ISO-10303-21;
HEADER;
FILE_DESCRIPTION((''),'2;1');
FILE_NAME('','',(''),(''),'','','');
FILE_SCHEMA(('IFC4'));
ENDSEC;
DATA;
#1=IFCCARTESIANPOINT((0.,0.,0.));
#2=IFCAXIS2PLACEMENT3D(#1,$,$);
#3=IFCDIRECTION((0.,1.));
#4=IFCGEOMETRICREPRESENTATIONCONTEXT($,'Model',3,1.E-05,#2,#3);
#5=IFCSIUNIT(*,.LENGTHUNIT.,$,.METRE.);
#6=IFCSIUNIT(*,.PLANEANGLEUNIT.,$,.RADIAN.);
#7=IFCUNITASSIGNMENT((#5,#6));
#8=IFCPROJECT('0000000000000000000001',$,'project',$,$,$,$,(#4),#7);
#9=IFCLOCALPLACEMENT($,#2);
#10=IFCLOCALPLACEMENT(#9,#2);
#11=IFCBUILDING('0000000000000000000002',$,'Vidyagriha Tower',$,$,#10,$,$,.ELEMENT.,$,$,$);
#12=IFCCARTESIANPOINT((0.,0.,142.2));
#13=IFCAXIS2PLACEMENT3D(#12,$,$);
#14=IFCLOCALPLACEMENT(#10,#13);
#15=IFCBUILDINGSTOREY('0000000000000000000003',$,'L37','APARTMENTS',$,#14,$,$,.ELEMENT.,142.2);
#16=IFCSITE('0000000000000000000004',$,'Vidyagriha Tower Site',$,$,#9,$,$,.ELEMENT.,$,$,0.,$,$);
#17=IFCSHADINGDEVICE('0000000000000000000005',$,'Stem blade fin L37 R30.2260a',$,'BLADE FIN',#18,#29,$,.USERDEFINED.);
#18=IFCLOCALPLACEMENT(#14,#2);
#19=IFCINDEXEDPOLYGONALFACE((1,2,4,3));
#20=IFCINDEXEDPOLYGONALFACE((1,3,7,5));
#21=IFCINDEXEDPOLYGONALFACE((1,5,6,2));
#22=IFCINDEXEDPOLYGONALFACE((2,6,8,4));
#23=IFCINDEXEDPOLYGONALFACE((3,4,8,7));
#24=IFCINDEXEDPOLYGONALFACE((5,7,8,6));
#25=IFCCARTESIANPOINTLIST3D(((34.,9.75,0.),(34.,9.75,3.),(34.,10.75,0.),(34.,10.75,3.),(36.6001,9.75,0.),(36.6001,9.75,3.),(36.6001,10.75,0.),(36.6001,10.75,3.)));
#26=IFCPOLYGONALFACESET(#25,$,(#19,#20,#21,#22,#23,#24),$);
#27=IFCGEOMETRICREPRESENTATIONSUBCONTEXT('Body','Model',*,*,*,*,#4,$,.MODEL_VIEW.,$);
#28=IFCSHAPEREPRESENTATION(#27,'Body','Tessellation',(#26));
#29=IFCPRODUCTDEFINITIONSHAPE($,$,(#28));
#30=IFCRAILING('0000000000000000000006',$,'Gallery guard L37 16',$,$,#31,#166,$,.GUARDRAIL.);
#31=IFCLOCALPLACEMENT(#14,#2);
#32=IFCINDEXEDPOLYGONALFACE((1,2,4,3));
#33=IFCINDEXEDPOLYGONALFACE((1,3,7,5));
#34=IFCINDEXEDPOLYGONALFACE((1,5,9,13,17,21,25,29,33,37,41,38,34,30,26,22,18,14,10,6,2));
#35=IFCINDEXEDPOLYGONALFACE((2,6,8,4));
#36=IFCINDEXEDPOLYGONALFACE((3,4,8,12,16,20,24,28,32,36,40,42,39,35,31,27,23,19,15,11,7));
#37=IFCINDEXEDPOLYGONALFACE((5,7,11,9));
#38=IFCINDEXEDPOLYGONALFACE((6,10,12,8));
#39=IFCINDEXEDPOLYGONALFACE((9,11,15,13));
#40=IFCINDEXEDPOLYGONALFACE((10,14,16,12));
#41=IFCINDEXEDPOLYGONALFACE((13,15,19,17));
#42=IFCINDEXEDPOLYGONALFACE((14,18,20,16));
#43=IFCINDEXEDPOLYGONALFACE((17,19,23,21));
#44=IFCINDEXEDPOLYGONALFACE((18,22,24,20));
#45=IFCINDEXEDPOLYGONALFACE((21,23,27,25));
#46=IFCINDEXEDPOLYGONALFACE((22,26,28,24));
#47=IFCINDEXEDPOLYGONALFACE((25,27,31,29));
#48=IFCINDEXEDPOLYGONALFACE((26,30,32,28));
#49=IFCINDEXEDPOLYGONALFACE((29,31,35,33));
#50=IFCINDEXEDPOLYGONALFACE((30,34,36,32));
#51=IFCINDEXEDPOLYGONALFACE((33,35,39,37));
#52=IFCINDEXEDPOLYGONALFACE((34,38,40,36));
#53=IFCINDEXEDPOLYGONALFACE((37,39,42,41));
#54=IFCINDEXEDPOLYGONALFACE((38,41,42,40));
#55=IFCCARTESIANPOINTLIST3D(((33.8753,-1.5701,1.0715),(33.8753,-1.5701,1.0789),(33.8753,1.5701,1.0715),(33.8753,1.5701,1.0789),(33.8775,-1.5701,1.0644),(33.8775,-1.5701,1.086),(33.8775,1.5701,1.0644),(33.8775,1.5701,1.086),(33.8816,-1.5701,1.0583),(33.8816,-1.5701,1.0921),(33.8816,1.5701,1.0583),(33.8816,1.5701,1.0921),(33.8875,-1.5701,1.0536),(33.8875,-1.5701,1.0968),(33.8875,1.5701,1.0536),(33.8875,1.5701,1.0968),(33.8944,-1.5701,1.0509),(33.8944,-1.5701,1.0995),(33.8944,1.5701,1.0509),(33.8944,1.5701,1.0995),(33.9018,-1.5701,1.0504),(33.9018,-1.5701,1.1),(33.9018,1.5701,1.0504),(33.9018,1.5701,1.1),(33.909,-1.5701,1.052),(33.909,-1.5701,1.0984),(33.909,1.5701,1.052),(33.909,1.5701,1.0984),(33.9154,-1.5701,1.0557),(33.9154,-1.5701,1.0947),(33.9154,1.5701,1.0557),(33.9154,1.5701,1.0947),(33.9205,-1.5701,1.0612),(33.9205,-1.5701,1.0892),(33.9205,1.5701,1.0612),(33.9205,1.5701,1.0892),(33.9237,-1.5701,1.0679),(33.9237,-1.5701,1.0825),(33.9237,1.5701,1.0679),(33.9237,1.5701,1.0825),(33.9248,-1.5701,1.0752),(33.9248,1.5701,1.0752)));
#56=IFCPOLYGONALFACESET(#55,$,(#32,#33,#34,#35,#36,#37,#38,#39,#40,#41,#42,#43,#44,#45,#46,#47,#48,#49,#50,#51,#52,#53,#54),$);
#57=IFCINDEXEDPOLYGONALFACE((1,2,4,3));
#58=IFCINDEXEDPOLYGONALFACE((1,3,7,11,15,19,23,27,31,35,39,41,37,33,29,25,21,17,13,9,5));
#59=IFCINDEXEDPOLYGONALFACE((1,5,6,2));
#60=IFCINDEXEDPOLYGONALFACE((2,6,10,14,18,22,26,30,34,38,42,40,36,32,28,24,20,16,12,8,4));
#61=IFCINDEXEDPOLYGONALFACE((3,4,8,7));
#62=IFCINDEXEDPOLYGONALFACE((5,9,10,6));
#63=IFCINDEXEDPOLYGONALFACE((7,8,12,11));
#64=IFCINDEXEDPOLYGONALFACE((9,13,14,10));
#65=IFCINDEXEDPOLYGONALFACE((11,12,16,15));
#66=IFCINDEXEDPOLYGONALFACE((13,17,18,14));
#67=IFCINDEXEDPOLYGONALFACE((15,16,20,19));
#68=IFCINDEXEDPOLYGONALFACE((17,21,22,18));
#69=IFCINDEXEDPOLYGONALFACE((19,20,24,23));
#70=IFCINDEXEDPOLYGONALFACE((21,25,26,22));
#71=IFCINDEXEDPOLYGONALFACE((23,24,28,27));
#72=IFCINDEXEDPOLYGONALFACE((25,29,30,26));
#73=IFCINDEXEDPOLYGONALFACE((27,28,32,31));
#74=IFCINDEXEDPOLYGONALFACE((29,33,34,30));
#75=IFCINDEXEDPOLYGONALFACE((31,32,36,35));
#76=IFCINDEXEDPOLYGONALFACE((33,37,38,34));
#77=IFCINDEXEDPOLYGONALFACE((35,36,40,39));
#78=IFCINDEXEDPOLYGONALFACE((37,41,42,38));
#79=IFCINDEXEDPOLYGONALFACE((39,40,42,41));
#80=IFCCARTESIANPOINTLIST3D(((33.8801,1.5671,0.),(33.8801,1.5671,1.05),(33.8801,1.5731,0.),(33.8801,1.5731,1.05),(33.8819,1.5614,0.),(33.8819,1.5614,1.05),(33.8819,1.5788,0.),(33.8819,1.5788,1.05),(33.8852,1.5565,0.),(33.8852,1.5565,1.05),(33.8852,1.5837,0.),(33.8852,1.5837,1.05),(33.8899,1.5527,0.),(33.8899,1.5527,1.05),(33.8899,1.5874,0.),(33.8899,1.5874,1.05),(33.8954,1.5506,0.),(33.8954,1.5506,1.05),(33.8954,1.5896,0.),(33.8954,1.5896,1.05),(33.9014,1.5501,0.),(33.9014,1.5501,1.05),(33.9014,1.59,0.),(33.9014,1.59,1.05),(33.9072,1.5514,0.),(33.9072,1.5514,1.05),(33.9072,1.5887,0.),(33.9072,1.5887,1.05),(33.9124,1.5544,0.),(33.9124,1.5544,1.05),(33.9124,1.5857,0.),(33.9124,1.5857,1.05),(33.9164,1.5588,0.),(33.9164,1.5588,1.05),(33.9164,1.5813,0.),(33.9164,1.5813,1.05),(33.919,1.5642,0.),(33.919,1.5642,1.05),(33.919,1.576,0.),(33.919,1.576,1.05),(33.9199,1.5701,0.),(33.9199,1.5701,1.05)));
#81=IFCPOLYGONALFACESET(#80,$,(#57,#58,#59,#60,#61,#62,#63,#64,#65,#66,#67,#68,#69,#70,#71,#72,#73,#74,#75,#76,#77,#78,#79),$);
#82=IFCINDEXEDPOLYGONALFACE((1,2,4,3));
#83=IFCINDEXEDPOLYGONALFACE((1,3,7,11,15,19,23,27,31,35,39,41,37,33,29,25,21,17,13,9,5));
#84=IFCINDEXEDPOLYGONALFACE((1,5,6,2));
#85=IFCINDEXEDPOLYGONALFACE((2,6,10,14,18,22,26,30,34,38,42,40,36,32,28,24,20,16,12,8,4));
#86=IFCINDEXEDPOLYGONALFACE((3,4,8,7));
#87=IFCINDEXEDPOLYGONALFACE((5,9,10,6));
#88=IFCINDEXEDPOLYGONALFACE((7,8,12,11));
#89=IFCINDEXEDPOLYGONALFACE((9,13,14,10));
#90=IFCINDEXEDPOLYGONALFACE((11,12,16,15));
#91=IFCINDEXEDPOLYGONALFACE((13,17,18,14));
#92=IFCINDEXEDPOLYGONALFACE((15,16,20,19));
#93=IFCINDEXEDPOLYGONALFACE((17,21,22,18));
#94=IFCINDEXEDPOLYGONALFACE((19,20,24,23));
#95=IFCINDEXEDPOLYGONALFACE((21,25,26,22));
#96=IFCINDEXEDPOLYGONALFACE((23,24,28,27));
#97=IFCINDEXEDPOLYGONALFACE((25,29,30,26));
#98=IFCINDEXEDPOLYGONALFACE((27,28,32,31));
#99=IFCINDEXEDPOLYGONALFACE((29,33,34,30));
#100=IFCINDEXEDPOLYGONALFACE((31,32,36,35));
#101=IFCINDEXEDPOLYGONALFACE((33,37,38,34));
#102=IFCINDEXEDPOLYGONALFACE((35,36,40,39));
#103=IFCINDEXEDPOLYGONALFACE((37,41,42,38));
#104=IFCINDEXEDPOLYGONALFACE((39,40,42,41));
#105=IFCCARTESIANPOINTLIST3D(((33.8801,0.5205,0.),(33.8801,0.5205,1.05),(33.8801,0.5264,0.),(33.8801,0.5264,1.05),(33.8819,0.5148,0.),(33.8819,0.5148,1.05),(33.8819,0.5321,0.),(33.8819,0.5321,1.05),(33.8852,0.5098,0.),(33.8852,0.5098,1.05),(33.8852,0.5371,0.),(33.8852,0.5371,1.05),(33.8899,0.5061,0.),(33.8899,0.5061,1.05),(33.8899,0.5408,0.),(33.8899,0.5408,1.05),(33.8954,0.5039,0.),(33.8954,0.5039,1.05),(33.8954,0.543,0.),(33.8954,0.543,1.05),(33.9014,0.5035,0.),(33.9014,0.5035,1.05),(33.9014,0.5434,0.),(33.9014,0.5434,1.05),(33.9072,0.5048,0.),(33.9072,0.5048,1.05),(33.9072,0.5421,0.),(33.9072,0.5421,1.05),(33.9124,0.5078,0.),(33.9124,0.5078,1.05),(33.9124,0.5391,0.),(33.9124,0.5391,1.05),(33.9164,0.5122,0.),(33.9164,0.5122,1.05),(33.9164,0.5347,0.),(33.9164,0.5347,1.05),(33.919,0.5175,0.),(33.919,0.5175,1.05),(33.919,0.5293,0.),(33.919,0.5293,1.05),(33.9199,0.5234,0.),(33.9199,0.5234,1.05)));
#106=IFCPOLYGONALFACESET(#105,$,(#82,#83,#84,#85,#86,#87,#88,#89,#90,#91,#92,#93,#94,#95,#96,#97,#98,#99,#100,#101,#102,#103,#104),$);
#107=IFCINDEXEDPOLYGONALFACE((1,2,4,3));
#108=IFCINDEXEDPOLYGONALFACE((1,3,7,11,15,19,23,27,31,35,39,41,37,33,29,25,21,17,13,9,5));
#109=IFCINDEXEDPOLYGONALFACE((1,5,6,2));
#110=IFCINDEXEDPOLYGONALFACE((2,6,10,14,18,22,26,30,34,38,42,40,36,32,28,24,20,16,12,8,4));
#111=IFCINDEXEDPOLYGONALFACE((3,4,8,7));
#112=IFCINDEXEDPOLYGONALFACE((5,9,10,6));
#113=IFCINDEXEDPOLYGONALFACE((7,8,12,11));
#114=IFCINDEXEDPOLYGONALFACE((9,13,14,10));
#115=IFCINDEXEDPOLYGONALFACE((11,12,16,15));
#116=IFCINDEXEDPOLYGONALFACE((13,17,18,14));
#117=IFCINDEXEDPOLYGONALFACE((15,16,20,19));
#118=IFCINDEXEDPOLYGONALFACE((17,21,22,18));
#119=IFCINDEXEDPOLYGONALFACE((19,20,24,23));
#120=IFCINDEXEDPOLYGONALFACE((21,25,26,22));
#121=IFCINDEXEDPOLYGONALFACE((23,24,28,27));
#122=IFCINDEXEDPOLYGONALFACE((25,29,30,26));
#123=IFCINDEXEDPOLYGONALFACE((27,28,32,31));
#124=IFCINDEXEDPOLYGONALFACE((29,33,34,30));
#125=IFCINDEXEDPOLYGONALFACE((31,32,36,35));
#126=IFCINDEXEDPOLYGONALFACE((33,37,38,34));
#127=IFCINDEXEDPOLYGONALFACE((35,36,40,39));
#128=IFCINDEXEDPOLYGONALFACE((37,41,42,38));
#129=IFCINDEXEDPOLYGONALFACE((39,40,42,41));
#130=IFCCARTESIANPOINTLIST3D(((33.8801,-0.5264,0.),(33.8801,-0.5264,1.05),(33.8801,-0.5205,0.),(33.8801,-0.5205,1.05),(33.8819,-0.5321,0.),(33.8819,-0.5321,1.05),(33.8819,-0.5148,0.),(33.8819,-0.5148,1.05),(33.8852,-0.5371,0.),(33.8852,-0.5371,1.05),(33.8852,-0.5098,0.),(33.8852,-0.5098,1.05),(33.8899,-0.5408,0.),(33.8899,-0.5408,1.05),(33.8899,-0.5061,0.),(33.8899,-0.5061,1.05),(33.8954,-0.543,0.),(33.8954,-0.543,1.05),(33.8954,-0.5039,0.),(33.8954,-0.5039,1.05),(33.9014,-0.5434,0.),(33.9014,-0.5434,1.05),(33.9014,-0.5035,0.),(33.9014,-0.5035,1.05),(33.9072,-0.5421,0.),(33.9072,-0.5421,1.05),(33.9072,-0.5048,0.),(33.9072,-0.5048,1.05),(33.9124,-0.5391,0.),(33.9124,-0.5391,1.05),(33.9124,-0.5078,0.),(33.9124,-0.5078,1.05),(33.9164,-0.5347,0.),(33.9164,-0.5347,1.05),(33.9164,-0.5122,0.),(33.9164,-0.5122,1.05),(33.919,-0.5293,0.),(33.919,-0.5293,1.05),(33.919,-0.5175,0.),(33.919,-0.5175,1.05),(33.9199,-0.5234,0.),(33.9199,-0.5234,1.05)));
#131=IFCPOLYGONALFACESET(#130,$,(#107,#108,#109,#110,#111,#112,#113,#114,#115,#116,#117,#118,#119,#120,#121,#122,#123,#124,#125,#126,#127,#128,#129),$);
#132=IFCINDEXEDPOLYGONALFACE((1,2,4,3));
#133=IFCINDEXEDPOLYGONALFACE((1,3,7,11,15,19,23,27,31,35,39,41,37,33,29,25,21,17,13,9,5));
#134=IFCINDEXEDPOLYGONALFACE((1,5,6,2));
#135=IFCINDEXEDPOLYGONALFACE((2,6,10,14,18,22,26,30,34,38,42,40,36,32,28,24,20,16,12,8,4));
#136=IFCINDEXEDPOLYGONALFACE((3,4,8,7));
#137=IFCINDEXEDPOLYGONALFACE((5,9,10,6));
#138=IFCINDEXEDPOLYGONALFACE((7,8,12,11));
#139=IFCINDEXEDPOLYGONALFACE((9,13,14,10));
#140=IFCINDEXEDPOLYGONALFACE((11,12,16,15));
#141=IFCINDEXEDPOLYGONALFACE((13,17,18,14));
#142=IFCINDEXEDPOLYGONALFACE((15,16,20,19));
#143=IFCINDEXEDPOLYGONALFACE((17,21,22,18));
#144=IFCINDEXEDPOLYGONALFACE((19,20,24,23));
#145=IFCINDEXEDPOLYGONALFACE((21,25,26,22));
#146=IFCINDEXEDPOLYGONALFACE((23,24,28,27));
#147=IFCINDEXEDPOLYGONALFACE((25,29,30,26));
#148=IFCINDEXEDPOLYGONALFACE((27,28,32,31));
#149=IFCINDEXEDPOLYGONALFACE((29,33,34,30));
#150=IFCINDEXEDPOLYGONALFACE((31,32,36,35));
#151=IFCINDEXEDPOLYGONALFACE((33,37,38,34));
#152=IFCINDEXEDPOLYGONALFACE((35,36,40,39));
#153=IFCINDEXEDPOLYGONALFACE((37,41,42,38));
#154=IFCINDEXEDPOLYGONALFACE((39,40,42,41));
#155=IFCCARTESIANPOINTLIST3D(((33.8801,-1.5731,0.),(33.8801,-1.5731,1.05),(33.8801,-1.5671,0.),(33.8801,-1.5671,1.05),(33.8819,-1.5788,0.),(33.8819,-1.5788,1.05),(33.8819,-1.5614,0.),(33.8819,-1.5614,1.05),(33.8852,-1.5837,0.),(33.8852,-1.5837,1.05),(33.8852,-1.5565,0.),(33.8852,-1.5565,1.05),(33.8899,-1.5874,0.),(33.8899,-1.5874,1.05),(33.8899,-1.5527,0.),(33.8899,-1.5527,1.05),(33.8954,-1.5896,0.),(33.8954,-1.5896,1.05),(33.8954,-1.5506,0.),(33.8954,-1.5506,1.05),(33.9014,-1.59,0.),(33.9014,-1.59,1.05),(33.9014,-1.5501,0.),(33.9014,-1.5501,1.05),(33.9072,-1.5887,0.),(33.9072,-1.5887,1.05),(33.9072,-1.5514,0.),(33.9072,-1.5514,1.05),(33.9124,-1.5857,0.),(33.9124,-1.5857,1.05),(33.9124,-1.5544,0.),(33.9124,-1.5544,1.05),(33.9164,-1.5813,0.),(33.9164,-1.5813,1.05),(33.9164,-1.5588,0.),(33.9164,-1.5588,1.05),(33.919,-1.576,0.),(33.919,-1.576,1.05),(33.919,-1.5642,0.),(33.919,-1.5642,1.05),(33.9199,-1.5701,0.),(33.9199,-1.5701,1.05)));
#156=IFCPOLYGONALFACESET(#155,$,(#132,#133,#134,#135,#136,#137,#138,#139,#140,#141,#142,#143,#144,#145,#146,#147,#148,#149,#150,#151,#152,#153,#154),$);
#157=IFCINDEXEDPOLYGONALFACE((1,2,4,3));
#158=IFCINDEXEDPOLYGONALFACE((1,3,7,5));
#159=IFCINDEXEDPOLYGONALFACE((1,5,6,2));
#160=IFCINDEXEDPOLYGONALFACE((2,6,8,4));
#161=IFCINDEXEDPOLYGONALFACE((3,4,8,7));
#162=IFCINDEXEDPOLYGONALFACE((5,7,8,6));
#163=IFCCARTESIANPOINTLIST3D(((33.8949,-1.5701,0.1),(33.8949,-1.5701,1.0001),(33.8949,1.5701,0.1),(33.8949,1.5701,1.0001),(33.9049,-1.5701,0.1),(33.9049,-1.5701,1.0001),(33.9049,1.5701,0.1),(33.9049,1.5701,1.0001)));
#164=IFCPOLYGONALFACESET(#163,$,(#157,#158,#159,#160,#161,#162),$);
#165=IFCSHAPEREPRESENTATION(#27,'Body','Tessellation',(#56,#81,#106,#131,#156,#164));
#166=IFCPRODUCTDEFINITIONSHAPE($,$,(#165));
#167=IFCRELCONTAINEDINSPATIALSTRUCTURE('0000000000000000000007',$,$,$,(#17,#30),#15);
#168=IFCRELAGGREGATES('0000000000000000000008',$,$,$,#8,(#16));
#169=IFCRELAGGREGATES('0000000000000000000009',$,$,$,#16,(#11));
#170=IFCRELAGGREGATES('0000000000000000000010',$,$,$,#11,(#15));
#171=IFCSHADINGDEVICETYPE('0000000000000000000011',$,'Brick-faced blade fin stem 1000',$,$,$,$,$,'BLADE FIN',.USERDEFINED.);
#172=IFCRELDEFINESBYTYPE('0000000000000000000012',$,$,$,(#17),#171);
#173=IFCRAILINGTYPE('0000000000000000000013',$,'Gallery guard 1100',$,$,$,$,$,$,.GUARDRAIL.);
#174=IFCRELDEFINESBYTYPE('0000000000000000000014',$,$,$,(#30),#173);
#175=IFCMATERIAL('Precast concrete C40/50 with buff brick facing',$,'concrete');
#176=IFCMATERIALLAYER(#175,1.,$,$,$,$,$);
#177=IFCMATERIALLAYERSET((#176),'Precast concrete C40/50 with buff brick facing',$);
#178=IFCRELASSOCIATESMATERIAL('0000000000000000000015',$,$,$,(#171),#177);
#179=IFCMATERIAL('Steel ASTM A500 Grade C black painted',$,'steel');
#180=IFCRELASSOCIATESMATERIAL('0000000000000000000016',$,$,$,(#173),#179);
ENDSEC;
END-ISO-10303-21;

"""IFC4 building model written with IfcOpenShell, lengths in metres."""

from ifc_helpers import new_model, si_unit, direction, frame, origin, origin_2d, place, context, subcontext, project, spatial, polyline, rectangle, circle, outline, extrude, material, layer, layer_set, type_object, element, save


model = new_model("IFC4")

# Units and contexts
model_context = context("Model", 3, precision=1e-05, world=origin(), true_north=direction((0.0, 1.0)))
body_context = subcontext(model_context, "Body", "Model", "MODEL_VIEW")
ifc_project = project(units=[si_unit("LENGTHUNIT", "METRE"), si_unit("PLANEANGLEUNIT", "RADIAN")], contexts=[model_context])

# Site, building, storey
site_placement = place(None, origin())
site = spatial("IfcSite", under=ifc_project, at=site_placement, Name="Vidyagriha Tower Site", CompositionType="ELEMENT", RefElevation=0.0)
building_placement = place(site_placement, origin())
building = spatial("IfcBuilding", under=site, at=building_placement, Name="Vidyagriha Tower", CompositionType="ELEMENT")
storey_placement = place(building_placement, frame((0.0, 0.0, 142.2)))
storey = spatial("IfcBuildingStorey", under=building, at=storey_placement, Name="L37", Description="APARTMENTS", CompositionType="ELEMENT", Elevation=142.2)

# Shading device
ifc_material_1 = material(Name="Precast concrete C40/50 with buff brick facing", Category="concrete")
ifc_layer_1 = layer(ifc_material_1, 1.0)
ifc_layer_set_1 = layer_set([ifc_layer_1], Name="Precast concrete C40/50 with buff brick facing")
shading_device_type_1 = type_object("IfcShadingDeviceType", Name="Brick-faced blade fin stem 1000", ElementType="BLADE FIN", PredefinedType="USERDEFINED", material=ifc_layer_set_1)
shading_device_1_placement = place(storey_placement, frame((35.3, 9.75, 0.0), z_axis=(0.0, 0.0, 1.0), x_axis=(0.0, 1.0, 0.0)))
element("IfcShadingDevice", 1, at=shading_device_1_placement, inside=storey, type_object=shading_device_type_1, Name="Stem blade fin L37 R30.2260a", ObjectType="BLADE FIN", PredefinedType="USERDEFINED", context=body_context, shape_type="SweptSolid", body=[
    extrude(outline(polyline([(0.0, 0.0), (1.0, 0.0), (1.0, 3.0), (0.0, 3.0), (0.0, 0.0)])), frame((0.0, 1.3, 0.0), z_axis=(0.0, -1.0, 0.0), x_axis=(1.0, 0.0, 0.0)), (0.0, 0.0, 1.0), 2.6001),
])

# Railing
ifc_material_2 = material(Name="Steel ASTM A500 Grade C black painted", Category="steel")
railing_type_1 = type_object("IfcRailingType", Name="Gallery guard 1100", PredefinedType="GUARDRAIL", material=ifc_material_2)
railing_1_placement = place(storey_placement, frame((33.8999, 1.5701, 0.0)))
element("IfcRailing", 2, at=railing_1_placement, inside=storey, type_object=railing_type_1, Name="Gallery guard L37 16", PredefinedType="GUARDRAIL", context=body_context, shape_type="SweptSolid", body=[
    extrude(circle(Radius=0.0249, at=origin_2d()), frame((0.0, 0.0, 1.0752), z_axis=(0.0, -1.0, 0.0), x_axis=(1.0, 0.0, 0.0)), (0.0, 0.0, 1.0), 3.1401),
    extrude(circle(Radius=0.02, at=origin_2d()), origin(), (0.0, 0.0, 1.0), 1.05),
    extrude(circle(Radius=0.02, at=origin_2d()), frame((0.0, -1.0466, 0.0)), (0.0, 0.0, 1.0), 1.05),
    extrude(circle(Radius=0.02, at=origin_2d()), frame((0.0, -2.0935, 0.0)), (0.0, 0.0, 1.0), 1.05),
    extrude(circle(Radius=0.02, at=origin_2d()), frame((0.0, -3.1401, 0.0)), (0.0, 0.0, 1.0), 1.05),
    extrude(rectangle(XDim=0.01, YDim=0.9001, at=origin_2d()), frame((0.0, 0.0, 0.55), z_axis=(0.0, -1.0, 0.0), x_axis=(1.0, 0.0, 0.0)), (0.0, 0.0, 1.0), 3.1401),
])

save(model, "model.ifc")
